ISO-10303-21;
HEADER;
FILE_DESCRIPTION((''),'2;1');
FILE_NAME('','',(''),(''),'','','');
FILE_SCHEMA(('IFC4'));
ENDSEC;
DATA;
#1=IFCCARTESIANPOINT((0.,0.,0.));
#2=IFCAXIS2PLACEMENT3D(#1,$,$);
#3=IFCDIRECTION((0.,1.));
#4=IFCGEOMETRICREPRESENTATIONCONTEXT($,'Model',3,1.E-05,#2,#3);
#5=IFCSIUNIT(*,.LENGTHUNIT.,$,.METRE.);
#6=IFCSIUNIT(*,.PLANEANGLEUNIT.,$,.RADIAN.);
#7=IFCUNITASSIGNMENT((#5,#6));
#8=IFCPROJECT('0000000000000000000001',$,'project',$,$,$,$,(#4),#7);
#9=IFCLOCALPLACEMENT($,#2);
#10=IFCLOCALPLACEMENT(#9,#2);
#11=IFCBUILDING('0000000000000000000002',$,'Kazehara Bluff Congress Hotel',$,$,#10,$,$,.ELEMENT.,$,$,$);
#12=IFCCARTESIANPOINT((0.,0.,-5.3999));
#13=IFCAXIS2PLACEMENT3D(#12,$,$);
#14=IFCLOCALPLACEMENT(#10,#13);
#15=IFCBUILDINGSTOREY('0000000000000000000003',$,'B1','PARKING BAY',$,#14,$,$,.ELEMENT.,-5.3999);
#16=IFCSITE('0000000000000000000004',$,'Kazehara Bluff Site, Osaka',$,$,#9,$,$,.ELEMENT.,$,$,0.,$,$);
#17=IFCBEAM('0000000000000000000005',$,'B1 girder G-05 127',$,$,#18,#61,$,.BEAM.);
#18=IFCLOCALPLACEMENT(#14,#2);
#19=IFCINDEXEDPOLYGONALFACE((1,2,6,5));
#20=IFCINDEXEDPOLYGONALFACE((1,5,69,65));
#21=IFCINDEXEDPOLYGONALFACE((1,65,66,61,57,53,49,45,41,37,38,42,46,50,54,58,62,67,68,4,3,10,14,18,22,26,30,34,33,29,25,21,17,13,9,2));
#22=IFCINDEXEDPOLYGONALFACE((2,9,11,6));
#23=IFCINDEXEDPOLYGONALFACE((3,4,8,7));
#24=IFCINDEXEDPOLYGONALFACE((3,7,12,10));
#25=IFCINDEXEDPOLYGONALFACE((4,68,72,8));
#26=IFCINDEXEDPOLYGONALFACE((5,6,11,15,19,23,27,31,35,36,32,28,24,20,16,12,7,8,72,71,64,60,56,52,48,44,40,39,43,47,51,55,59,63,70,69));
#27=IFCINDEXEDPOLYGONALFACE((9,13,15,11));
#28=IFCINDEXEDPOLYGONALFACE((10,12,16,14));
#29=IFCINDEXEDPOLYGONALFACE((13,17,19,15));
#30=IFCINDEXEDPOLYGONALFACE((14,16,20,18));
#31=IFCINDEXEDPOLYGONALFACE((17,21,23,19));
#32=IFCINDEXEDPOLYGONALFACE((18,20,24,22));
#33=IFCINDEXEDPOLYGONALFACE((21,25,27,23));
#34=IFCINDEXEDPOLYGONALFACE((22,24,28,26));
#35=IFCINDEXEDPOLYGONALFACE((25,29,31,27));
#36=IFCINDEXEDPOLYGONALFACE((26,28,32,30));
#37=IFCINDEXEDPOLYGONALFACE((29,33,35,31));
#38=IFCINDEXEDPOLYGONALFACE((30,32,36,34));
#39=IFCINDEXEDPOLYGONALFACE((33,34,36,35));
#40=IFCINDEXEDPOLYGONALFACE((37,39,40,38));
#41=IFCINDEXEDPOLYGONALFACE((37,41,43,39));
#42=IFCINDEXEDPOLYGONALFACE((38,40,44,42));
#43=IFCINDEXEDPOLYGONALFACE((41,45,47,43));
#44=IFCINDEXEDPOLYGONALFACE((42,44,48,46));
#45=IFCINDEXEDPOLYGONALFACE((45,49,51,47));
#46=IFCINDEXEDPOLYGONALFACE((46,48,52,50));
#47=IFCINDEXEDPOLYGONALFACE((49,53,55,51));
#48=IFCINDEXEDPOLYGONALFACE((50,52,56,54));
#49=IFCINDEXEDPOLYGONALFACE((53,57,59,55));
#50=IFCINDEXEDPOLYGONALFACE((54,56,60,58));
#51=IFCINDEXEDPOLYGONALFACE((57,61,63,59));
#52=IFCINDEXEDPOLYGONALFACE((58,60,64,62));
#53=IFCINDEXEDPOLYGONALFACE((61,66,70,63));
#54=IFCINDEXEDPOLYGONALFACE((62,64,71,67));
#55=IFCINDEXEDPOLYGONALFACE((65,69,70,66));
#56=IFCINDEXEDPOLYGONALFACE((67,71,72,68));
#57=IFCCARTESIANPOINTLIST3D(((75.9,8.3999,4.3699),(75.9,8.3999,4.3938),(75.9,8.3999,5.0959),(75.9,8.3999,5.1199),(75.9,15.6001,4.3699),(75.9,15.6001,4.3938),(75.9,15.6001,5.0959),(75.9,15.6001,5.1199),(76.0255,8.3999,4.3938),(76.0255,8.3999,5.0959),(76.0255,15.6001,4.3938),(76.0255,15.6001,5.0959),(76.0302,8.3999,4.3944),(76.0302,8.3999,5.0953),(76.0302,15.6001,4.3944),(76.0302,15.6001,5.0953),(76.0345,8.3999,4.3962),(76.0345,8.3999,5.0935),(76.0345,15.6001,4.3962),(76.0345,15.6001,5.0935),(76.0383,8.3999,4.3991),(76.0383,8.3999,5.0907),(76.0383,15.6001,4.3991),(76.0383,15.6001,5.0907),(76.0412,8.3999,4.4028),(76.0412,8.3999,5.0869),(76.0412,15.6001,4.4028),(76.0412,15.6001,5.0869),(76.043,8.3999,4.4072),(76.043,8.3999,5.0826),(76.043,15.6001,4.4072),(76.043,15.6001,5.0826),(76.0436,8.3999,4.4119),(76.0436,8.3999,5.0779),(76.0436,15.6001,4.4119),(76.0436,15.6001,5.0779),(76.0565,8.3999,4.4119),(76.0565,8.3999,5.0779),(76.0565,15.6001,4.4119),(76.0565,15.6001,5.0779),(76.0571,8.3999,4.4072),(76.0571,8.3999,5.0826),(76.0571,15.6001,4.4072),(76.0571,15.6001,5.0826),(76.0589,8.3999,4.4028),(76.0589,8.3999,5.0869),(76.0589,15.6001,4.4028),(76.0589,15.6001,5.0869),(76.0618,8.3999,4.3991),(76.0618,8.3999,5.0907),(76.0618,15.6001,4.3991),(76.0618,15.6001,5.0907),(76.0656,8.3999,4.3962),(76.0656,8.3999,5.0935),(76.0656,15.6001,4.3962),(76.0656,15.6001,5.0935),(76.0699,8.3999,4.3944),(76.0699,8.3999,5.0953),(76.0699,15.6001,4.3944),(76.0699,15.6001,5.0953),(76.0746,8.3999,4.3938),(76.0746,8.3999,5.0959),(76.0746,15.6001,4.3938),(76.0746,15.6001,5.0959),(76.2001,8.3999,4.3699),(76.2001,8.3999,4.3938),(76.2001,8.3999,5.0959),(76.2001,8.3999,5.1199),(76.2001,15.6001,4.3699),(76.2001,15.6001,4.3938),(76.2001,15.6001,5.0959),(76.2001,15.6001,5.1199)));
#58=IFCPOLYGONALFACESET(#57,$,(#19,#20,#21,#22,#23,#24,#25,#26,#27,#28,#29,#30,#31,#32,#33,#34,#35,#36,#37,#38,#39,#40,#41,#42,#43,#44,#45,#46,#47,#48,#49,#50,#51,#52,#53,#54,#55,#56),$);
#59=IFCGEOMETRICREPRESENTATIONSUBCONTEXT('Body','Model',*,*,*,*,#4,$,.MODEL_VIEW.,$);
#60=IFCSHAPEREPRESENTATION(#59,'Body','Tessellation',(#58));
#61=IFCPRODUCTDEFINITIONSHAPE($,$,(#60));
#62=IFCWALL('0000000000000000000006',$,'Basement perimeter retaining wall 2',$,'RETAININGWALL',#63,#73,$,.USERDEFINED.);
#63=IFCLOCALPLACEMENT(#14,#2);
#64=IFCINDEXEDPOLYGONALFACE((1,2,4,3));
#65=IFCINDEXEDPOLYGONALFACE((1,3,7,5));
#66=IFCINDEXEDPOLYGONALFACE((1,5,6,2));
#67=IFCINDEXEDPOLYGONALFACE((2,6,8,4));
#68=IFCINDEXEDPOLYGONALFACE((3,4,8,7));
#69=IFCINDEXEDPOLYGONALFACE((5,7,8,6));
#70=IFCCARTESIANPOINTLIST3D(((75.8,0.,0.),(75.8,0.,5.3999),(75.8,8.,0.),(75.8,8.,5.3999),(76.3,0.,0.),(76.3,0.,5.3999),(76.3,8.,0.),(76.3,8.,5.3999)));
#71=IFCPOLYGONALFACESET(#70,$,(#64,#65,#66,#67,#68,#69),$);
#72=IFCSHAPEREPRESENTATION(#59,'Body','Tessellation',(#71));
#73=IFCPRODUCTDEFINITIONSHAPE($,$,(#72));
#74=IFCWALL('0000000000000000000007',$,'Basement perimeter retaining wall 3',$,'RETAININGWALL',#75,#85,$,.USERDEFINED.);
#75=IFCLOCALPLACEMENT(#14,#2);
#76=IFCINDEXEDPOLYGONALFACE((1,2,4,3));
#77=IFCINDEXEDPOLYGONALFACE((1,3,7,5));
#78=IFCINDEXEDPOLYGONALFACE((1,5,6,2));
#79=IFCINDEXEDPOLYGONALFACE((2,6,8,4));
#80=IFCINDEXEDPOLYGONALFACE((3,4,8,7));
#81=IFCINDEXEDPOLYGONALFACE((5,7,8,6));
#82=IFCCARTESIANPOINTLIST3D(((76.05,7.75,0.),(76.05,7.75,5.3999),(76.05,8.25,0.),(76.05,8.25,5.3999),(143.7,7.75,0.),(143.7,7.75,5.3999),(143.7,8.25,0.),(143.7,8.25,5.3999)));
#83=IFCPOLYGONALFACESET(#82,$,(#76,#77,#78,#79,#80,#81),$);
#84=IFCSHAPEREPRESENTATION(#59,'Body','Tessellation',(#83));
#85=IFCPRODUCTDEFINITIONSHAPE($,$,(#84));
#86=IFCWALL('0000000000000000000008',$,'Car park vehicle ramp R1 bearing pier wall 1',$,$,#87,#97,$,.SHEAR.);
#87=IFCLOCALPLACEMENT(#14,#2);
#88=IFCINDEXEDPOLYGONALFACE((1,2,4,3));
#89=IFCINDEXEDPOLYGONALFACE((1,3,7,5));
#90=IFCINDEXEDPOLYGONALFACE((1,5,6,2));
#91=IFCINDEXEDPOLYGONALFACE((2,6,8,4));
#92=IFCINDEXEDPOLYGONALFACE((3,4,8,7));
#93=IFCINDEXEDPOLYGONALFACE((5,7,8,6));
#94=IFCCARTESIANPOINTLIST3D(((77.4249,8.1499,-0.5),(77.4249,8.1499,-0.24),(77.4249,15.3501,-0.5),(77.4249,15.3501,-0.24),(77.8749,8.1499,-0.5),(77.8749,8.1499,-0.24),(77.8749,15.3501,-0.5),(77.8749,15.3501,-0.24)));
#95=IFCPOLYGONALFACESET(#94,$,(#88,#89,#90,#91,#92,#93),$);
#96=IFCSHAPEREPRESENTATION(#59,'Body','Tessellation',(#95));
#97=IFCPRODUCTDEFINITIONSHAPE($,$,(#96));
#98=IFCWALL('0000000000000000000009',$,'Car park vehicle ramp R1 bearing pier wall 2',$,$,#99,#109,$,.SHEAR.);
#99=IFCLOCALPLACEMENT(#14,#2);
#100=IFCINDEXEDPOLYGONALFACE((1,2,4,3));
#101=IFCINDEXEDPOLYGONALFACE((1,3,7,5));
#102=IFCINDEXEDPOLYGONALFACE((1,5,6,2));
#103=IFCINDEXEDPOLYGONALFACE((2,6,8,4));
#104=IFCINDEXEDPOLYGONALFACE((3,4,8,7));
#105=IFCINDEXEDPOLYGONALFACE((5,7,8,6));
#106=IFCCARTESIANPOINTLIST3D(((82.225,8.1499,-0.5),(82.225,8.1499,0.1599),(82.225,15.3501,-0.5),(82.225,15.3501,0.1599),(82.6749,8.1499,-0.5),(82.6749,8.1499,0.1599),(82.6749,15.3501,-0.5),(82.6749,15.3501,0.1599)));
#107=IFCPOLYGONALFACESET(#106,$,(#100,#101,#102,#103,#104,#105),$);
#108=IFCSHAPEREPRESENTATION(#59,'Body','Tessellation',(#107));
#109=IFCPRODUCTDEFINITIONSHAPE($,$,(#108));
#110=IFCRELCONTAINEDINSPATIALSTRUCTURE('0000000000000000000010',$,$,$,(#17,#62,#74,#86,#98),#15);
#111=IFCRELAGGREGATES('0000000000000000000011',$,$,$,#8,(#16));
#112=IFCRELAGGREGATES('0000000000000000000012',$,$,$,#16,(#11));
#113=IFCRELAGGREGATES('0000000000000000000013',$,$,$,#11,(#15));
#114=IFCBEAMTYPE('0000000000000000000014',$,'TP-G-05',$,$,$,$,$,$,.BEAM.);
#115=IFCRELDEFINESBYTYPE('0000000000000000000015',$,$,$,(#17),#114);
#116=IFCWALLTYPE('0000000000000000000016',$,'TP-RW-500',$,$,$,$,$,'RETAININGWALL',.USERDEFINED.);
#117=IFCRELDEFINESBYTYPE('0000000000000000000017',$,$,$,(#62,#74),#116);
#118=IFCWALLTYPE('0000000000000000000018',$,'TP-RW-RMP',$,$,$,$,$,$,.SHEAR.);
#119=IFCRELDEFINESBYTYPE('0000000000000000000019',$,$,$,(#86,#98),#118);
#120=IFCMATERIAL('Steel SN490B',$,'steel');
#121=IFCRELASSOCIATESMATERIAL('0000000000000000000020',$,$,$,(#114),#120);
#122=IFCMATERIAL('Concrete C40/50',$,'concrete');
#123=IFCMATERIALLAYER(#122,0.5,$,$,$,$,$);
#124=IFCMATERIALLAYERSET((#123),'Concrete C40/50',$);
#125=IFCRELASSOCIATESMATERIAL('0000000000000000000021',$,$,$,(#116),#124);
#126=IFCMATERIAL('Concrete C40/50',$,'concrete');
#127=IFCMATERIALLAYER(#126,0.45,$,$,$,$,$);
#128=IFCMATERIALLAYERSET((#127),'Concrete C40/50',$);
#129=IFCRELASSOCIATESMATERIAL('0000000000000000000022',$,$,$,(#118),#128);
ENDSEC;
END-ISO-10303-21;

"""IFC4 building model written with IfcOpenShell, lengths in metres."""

from ifc_helpers import new_model, si_unit, direction, frame, frame_2d, origin, origin_2d, place, context, subcontext, project, spatial, rectangle, i_section, extrude, material, layer, layer_set, material_profile, profile_set, type_object, element, save


model = new_model("IFC4")

# Units and contexts
model_context = context("Model", 3, precision=1e-05, world=origin(), true_north=direction((0.0, 1.0)))
body_context = subcontext(model_context, "Body", "Model", "MODEL_VIEW")
ifc_project = project(units=[si_unit("LENGTHUNIT", "METRE"), si_unit("PLANEANGLEUNIT", "RADIAN")], contexts=[model_context])

# Site, building, storey
site_placement = place(None, origin())
site = spatial("IfcSite", under=ifc_project, at=site_placement, Name="Kazehara Bluff Site, Osaka", CompositionType="ELEMENT", RefElevation=0.0)
building_placement = place(site_placement, origin())
building = spatial("IfcBuilding", under=site, at=building_placement, Name="Kazehara Bluff Congress Hotel", CompositionType="ELEMENT")
storey_placement = place(building_placement, frame((0.0, 0.0, -5.3999)))
storey = spatial("IfcBuildingStorey", under=building, at=storey_placement, Name="B1", Description="PARKING BAY", CompositionType="ELEMENT", Elevation=-5.3999)

# Beam
ifc_material_1 = material(Name="Steel SN490B", Category="steel")
ifc_material_profile_1 = material_profile(ifc_material_1, i_section(OverallWidth=0.3, OverallDepth=0.75, WebThickness=0.0129, FlangeThickness=0.0239, FilletRadius=0.0181, at=origin_2d()))
ifc_profile_set_1 = profile_set([ifc_material_profile_1], Name="Steel SN490B")
beam_type = type_object("IfcBeamType", Name="TP-G-05", PredefinedType="BEAM", material=ifc_profile_set_1)
beam_placement = place(storey_placement, frame((76.05, 8.3999, 4.7449), z_axis=(0.0, 1.0, 0.0), x_axis=(-1.0, 0.0, 0.0)))
element("IfcBeam", 1, at=beam_placement, inside=storey, type_object=beam_type, Name="B1 girder G-05 127", PredefinedType="BEAM", context=body_context, shape_type="SweptSolid", body=[
    extrude(i_section(OverallWidth=0.3, OverallDepth=0.75, WebThickness=0.0129, FlangeThickness=0.0239, FilletRadius=0.0181, at=origin_2d()), origin(), (0.0, 0.0, 1.0), 7.2002),
])

# Walls
ifc_material_2 = material(Name="Concrete C40/50", Category="concrete")
ifc_layer_1 = layer(ifc_material_2, 0.5)
ifc_layer_set_1 = layer_set([ifc_layer_1], Name="Concrete C40/50")
wall_type_1 = type_object("IfcWallType", Name="TP-RW-500", ElementType="RETAININGWALL", PredefinedType="USERDEFINED", material=ifc_layer_set_1)
wall_1_placement = place(storey_placement, frame((76.05, 0.0, 0.0), z_axis=(0.0, 0.0, 1.0), x_axis=(0.0, 1.0, 0.0)))
element("IfcWall", 2, at=wall_1_placement, inside=storey, type_object=wall_type_1, Name="Basement perimeter retaining wall 2", ObjectType="RETAININGWALL", PredefinedType="USERDEFINED", context=body_context, shape_type="SweptSolid", body=[
    extrude(rectangle(XDim=8.0, YDim=0.5, at=frame_2d((4.0, 0.0))), origin(), (0.0, 0.0, 1.0), 5.3999),
])
wall_2_placement = place(storey_placement, frame((76.05, 8.0, 0.0), z_axis=(0.0, 0.0, 1.0), x_axis=(1.0, 0.0, 0.0)))
element("IfcWall", 3, at=wall_2_placement, inside=storey, type_object=wall_type_1, Name="Basement perimeter retaining wall 3", ObjectType="RETAININGWALL", PredefinedType="USERDEFINED", context=body_context, shape_type="SweptSolid", body=[
    extrude(rectangle(XDim=67.6499, YDim=0.5, at=frame_2d((33.825, 0.0))), origin(), (0.0, 0.0, 1.0), 5.3999),
])
ifc_material_3 = material(Name="Concrete C40/50", Category="concrete")
ifc_layer_2 = layer(ifc_material_3, 0.45)
ifc_layer_set_2 = layer_set([ifc_layer_2], Name="Concrete C40/50")
wall_type_2 = type_object("IfcWallType", Name="TP-RW-RMP", PredefinedType="SHEAR", material=ifc_layer_set_2)
wall_3_placement = place(storey_placement, frame((77.6499, 8.1499, -0.5), z_axis=(0.0, 0.0, 1.0), x_axis=(0.0, 1.0, 0.0)))
element("IfcWall", 4, at=wall_3_placement, inside=storey, type_object=wall_type_2, Name="Car park vehicle ramp R1 bearing pier wall 1", PredefinedType="SHEAR", context=body_context, shape_type="SweptSolid", body=[
    extrude(rectangle(XDim=7.2002, YDim=0.45, at=frame_2d((3.6001, 0.0))), origin(), (0.0, 0.0, 1.0), 0.26),
])
wall_4_placement = place(storey_placement, frame((82.45, 8.1499, -0.5), z_axis=(0.0, 0.0, 1.0), x_axis=(0.0, 1.0, 0.0)))
element("IfcWall", 5, at=wall_4_placement, inside=storey, type_object=wall_type_2, Name="Car park vehicle ramp R1 bearing pier wall 2", PredefinedType="SHEAR", context=body_context, shape_type="SweptSolid", body=[
    extrude(rectangle(XDim=7.2002, YDim=0.45, at=frame_2d((3.6001, 0.0))), origin(), (0.0, 0.0, 1.0), 0.6599),
])

save(model, "model.ifc")
